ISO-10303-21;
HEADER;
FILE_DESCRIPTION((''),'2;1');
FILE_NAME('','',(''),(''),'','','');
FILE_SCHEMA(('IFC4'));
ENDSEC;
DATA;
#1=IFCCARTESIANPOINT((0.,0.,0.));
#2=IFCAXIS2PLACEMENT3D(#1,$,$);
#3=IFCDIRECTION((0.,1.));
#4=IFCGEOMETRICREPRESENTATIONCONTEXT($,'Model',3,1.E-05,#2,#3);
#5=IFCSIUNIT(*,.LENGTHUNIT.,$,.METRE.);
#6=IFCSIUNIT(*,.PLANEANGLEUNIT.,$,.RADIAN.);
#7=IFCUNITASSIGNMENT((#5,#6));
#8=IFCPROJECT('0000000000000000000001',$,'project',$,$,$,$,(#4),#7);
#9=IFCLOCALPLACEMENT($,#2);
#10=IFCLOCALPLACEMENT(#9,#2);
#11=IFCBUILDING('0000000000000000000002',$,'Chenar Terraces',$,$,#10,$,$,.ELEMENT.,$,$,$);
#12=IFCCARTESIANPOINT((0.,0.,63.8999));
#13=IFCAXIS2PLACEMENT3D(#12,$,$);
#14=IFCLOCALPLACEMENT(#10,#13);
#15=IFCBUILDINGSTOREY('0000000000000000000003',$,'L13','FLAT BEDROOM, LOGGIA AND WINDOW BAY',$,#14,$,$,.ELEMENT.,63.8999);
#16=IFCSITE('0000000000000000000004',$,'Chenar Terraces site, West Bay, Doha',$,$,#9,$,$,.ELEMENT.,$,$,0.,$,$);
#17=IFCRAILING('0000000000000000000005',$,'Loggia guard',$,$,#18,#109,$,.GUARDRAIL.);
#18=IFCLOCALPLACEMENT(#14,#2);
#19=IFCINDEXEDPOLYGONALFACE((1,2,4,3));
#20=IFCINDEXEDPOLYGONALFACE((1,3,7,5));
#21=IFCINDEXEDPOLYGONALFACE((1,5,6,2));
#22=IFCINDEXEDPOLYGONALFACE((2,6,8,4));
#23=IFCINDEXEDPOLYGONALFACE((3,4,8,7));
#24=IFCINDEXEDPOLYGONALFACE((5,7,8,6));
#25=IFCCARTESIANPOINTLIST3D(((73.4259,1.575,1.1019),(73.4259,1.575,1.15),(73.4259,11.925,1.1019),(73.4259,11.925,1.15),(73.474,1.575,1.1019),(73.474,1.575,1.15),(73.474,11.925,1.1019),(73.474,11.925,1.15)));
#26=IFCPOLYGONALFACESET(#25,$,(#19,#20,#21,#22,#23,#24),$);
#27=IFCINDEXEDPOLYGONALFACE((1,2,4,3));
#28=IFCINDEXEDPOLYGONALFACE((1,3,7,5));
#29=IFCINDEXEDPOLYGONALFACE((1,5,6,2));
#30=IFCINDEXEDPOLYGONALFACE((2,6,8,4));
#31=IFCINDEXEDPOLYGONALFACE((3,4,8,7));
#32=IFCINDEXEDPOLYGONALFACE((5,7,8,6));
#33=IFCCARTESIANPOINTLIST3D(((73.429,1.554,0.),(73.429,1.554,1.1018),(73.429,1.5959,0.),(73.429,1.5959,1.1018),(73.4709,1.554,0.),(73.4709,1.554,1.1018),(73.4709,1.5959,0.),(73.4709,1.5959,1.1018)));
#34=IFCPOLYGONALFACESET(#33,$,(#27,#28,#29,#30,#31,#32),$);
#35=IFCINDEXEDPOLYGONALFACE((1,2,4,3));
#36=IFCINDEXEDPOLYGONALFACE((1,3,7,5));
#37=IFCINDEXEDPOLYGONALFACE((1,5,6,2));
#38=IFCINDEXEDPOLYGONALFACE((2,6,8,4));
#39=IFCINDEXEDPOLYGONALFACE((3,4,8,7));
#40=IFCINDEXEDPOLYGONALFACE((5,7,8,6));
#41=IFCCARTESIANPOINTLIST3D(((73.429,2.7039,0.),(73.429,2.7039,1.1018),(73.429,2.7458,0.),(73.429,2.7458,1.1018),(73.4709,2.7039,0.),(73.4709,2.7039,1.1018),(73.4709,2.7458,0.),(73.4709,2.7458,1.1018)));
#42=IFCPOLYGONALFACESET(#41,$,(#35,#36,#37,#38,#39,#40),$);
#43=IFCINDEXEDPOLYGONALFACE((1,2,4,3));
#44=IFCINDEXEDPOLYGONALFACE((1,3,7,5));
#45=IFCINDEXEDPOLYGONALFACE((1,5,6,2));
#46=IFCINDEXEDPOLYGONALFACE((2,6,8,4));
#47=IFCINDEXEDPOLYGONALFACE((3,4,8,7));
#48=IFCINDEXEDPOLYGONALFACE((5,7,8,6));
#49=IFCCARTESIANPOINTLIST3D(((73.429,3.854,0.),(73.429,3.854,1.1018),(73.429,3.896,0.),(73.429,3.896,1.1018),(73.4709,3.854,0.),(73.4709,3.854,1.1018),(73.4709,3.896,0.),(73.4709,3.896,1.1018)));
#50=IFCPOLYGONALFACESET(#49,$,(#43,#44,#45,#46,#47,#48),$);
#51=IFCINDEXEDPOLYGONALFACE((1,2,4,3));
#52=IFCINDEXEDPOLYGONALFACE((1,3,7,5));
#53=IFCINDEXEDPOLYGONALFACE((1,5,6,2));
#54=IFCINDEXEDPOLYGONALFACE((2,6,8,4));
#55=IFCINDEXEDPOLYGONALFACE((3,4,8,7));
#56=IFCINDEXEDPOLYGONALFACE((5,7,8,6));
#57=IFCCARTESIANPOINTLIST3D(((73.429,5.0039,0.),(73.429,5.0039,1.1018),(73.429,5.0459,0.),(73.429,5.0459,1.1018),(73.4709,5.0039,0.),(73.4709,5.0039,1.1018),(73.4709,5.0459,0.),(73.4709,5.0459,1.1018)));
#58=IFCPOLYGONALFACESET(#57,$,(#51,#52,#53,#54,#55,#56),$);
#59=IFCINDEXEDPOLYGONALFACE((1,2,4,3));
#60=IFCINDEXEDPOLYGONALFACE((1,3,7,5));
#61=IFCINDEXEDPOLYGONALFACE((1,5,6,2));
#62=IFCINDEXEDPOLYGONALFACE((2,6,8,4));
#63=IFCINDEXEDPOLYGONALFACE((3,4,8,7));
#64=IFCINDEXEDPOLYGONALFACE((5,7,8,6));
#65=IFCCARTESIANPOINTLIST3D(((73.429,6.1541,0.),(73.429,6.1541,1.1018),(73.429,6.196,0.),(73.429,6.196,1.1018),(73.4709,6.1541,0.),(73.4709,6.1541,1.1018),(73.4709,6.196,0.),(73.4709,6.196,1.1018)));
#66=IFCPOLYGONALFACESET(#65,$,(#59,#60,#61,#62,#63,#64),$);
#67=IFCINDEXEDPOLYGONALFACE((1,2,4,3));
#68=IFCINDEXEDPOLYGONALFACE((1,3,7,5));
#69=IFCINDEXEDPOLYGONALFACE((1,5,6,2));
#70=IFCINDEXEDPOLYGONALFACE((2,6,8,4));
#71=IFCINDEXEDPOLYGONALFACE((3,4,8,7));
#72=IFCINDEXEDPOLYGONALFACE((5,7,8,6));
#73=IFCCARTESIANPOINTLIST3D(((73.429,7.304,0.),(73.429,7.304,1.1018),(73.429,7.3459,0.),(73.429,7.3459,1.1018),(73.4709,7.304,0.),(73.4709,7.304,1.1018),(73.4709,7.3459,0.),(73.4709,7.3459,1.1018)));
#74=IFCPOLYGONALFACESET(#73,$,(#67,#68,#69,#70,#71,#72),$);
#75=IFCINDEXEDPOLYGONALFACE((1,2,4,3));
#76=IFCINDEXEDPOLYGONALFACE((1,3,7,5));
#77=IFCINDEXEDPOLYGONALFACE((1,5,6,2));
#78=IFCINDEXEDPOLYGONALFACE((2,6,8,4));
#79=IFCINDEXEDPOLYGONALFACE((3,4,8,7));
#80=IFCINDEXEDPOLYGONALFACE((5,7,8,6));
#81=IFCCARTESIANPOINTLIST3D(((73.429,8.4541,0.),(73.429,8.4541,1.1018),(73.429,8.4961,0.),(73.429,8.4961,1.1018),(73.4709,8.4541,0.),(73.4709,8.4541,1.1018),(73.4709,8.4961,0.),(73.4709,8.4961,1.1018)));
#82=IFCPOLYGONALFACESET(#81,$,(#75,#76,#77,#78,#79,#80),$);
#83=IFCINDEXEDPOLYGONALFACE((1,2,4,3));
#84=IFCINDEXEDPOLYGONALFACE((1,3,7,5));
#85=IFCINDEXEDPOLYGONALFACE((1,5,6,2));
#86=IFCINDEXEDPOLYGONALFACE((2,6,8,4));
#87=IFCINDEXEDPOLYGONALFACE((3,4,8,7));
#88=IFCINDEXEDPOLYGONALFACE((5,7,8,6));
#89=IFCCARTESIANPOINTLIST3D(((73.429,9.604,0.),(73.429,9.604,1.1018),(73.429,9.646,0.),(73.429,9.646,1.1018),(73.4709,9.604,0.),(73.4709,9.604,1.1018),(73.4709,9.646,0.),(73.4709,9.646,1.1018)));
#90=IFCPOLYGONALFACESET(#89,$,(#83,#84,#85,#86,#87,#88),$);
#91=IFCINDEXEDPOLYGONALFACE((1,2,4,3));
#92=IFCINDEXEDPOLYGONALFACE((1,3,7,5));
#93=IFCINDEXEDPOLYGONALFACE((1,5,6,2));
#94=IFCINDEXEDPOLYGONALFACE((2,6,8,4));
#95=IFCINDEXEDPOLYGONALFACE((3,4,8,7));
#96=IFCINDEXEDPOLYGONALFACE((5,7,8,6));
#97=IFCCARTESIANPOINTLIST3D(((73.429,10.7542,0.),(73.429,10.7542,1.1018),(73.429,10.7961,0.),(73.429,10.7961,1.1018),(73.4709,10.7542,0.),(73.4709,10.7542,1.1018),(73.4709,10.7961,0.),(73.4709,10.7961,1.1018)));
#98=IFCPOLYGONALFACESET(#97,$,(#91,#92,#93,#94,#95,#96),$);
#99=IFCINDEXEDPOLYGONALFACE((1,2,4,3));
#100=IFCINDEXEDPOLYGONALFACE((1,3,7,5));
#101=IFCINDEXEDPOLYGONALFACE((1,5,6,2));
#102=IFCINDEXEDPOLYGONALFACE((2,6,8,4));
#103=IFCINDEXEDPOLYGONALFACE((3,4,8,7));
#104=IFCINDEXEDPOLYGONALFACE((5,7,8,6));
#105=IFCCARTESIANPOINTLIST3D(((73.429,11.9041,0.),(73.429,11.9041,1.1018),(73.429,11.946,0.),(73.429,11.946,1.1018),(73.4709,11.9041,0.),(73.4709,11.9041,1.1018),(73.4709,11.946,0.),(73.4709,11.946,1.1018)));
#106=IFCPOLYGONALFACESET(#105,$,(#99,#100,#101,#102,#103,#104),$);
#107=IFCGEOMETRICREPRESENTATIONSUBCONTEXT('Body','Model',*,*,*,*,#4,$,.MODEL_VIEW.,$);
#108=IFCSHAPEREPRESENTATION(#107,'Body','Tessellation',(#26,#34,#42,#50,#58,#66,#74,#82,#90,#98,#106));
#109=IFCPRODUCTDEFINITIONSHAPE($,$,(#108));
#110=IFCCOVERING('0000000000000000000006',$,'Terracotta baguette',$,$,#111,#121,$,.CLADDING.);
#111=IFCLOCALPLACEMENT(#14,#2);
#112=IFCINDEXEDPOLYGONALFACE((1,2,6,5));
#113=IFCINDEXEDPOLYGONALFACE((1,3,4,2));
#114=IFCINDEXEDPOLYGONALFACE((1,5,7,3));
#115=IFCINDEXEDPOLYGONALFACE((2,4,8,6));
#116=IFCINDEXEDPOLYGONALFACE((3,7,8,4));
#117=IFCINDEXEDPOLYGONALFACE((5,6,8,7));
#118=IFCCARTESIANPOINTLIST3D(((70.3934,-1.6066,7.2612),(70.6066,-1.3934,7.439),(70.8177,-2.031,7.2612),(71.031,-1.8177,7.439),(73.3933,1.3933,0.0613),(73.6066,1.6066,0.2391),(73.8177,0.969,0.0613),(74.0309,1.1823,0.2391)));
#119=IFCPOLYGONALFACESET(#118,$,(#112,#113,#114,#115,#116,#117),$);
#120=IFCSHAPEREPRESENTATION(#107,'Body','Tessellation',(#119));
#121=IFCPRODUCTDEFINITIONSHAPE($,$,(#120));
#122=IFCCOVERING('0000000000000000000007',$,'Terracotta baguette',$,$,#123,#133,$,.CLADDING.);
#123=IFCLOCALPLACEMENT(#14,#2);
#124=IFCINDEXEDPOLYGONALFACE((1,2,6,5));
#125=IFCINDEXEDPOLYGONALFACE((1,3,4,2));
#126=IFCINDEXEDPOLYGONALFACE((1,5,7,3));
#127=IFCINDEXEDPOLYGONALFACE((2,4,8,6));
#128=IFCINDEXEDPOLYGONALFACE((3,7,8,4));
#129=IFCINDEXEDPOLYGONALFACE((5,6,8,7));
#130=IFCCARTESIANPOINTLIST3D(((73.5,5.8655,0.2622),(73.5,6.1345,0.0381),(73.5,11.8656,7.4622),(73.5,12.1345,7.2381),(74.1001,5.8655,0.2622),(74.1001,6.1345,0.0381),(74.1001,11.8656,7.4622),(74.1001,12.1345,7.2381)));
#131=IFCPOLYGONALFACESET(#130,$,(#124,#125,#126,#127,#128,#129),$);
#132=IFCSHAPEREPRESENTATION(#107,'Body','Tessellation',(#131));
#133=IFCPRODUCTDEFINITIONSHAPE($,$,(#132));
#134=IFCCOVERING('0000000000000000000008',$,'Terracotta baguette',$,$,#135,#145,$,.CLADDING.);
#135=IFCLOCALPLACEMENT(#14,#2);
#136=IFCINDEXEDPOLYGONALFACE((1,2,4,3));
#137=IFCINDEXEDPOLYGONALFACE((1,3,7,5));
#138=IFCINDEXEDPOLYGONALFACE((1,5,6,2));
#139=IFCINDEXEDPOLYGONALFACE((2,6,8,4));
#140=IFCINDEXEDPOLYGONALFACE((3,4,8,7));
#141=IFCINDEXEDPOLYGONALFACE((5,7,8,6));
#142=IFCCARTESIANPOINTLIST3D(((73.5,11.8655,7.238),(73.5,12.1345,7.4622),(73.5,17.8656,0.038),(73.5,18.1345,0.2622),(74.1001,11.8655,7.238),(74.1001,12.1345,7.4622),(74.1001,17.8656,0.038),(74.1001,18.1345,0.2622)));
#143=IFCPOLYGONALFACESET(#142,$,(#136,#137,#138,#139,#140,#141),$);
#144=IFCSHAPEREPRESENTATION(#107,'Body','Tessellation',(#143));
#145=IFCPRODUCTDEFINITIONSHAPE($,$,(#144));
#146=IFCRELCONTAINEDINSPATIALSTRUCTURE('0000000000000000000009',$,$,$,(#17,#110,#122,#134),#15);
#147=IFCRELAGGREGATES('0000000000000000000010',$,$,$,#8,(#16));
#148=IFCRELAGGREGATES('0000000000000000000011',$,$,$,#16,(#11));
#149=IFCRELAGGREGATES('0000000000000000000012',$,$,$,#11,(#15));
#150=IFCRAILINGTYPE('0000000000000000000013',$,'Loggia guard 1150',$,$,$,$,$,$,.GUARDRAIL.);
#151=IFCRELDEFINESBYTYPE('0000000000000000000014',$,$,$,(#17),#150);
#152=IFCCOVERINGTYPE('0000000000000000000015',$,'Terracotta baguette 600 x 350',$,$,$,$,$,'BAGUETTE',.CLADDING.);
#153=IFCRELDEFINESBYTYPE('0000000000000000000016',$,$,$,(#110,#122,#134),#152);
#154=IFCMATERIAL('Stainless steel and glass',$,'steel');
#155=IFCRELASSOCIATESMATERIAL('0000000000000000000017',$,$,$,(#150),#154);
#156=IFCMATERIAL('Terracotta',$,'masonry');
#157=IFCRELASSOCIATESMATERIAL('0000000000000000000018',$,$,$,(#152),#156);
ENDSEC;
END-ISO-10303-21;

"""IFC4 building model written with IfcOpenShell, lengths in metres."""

from ifc_helpers import new_model, si_unit, direction, frame, origin, origin_2d, place, context, subcontext, project, spatial, rectangle, extrude, material, material_profile, profile_set, type_object, element, save


model = new_model("IFC4")

# Units and contexts
model_context = context("Model", 3, precision=1e-05, world=origin(), true_north=direction((0.0, 1.0)))
body_context = subcontext(model_context, "Body", "Model", "MODEL_VIEW")
ifc_project = project(units=[si_unit("LENGTHUNIT", "METRE"), si_unit("PLANEANGLEUNIT", "RADIAN")], contexts=[model_context])

# Site, building, storey
site_placement = place(None, origin())
site = spatial("IfcSite", under=ifc_project, at=site_placement, Name="Chenar Terraces site, West Bay, Doha", CompositionType="ELEMENT", RefElevation=0.0)
building_placement = place(site_placement, origin())
building = spatial("IfcBuilding", under=site, at=building_placement, Name="Chenar Terraces", CompositionType="ELEMENT")
storey_placement = place(building_placement, frame((0.0, 0.0, 63.8999)))
storey = spatial("IfcBuildingStorey", under=building, at=storey_placement, Name="L13", Description="FLAT BEDROOM, LOGGIA AND WINDOW BAY", CompositionType="ELEMENT", Elevation=63.8999)

# Railing
ifc_material_1 = material(Name="Stainless steel and glass", Category="steel")
railing_type = type_object("IfcRailingType", Name="Loggia guard 1150", PredefinedType="GUARDRAIL", material=ifc_material_1)
railing_placement = place(storey_placement, frame((73.45, 1.575, 0.0)))
element("IfcRailing", 1, at=railing_placement, inside=storey, type_object=railing_type, Name="Loggia guard", PredefinedType="GUARDRAIL", context=body_context, shape_type="SweptSolid", body=[
    extrude(rectangle(XDim=0.0481, YDim=0.0481, at=origin_2d()), frame((0.0, 0.0, 1.126), z_axis=(0.0, 1.0, 0.0), x_axis=(-1.0, 0.0, 0.0)), (0.0, 0.0, 1.0), 10.3501),
    extrude(rectangle(XDim=0.042, YDim=0.042, at=origin_2d()), origin(), (0.0, 0.0, 1.0), 1.1018),
    extrude(rectangle(XDim=0.042, YDim=0.042, at=origin_2d()), frame((0.0, 1.1499, 0.0)), (0.0, 0.0, 1.0), 1.1018),
    extrude(rectangle(XDim=0.042, YDim=0.042, at=origin_2d()), frame((0.0, 2.3, 0.0)), (0.0, 0.0, 1.0), 1.1018),
    extrude(rectangle(XDim=0.042, YDim=0.042, at=origin_2d()), frame((0.0, 3.45, 0.0)), (0.0, 0.0, 1.0), 1.1018),
    extrude(rectangle(XDim=0.042, YDim=0.042, at=origin_2d()), frame((0.0, 4.6001, 0.0)), (0.0, 0.0, 1.0), 1.1018),
    extrude(rectangle(XDim=0.042, YDim=0.042, at=origin_2d()), frame((0.0, 5.75, 0.0)), (0.0, 0.0, 1.0), 1.1018),
    extrude(rectangle(XDim=0.042, YDim=0.042, at=origin_2d()), frame((0.0, 6.9001, 0.0)), (0.0, 0.0, 1.0), 1.1018),
    extrude(rectangle(XDim=0.042, YDim=0.042, at=origin_2d()), frame((0.0, 8.05, 0.0)), (0.0, 0.0, 1.0), 1.1018),
    extrude(rectangle(XDim=0.042, YDim=0.042, at=origin_2d()), frame((0.0, 9.2002, 0.0)), (0.0, 0.0, 1.0), 1.1018),
    extrude(rectangle(XDim=0.042, YDim=0.042, at=origin_2d()), frame((0.0, 10.3501, 0.0)), (0.0, 0.0, 1.0), 1.1018),
])

# Coverings
ifc_material_2 = material(Name="Terracotta", Category="masonry")
ifc_material_profile_1 = material_profile(ifc_material_2, rectangle(XDim=0.6001, YDim=0.3501, at=origin_2d()), Name="Terracotta baguette 600 x 350")
ifc_profile_set_1 = profile_set([ifc_material_profile_1], Name="Terracotta")
covering_type = type_object("IfcCoveringType", Name="Terracotta baguette 600 x 350", ElementType="BAGUETTE", PredefinedType="CLADDING", material=ifc_profile_set_1)
covering_placement = place(storey_placement, frame((70.7122, -1.7122, 7.3501), z_axis=(0.358981, 0.358981, -0.861548), x_axis=(-0.707107, 0.707107, 0.0)))
element("IfcCovering", 2, at=covering_placement, inside=storey, type_object=covering_type, Name="Terracotta baguette", PredefinedType="CLADDING", context=body_context, shape_type="SweptSolid", body=[
    extrude(rectangle(XDim=0.6001, YDim=0.3501, at=origin_2d()), origin(), (0.0, 0.0, 1.0), 8.3569),
])
for number, where, z_axis, x_axis, name in (
    (3, (73.8, 6.0, 0.1501), (0.0, 0.640187, 0.768219), (-1.0, 0.0, 0.0), "Terracotta baguette"),
    (4, (73.8, 12.0, 7.3501), (0.0, 0.640187, -0.768219), (-1.0, 0.0, 0.0), "Terracotta baguette"),
):
    element("IfcCovering", number, at=place(storey_placement, frame(where, z_axis=z_axis, x_axis=x_axis)), inside=storey, type_object=covering_type, Name=name, PredefinedType="CLADDING", context=body_context, shape_type="SweptSolid", body=[
        extrude(rectangle(XDim=0.6001, YDim=0.3501, at=origin_2d()), origin(), (0.0, 0.0, 1.0), 9.3723),
    ])

save(model, "model.ifc")
